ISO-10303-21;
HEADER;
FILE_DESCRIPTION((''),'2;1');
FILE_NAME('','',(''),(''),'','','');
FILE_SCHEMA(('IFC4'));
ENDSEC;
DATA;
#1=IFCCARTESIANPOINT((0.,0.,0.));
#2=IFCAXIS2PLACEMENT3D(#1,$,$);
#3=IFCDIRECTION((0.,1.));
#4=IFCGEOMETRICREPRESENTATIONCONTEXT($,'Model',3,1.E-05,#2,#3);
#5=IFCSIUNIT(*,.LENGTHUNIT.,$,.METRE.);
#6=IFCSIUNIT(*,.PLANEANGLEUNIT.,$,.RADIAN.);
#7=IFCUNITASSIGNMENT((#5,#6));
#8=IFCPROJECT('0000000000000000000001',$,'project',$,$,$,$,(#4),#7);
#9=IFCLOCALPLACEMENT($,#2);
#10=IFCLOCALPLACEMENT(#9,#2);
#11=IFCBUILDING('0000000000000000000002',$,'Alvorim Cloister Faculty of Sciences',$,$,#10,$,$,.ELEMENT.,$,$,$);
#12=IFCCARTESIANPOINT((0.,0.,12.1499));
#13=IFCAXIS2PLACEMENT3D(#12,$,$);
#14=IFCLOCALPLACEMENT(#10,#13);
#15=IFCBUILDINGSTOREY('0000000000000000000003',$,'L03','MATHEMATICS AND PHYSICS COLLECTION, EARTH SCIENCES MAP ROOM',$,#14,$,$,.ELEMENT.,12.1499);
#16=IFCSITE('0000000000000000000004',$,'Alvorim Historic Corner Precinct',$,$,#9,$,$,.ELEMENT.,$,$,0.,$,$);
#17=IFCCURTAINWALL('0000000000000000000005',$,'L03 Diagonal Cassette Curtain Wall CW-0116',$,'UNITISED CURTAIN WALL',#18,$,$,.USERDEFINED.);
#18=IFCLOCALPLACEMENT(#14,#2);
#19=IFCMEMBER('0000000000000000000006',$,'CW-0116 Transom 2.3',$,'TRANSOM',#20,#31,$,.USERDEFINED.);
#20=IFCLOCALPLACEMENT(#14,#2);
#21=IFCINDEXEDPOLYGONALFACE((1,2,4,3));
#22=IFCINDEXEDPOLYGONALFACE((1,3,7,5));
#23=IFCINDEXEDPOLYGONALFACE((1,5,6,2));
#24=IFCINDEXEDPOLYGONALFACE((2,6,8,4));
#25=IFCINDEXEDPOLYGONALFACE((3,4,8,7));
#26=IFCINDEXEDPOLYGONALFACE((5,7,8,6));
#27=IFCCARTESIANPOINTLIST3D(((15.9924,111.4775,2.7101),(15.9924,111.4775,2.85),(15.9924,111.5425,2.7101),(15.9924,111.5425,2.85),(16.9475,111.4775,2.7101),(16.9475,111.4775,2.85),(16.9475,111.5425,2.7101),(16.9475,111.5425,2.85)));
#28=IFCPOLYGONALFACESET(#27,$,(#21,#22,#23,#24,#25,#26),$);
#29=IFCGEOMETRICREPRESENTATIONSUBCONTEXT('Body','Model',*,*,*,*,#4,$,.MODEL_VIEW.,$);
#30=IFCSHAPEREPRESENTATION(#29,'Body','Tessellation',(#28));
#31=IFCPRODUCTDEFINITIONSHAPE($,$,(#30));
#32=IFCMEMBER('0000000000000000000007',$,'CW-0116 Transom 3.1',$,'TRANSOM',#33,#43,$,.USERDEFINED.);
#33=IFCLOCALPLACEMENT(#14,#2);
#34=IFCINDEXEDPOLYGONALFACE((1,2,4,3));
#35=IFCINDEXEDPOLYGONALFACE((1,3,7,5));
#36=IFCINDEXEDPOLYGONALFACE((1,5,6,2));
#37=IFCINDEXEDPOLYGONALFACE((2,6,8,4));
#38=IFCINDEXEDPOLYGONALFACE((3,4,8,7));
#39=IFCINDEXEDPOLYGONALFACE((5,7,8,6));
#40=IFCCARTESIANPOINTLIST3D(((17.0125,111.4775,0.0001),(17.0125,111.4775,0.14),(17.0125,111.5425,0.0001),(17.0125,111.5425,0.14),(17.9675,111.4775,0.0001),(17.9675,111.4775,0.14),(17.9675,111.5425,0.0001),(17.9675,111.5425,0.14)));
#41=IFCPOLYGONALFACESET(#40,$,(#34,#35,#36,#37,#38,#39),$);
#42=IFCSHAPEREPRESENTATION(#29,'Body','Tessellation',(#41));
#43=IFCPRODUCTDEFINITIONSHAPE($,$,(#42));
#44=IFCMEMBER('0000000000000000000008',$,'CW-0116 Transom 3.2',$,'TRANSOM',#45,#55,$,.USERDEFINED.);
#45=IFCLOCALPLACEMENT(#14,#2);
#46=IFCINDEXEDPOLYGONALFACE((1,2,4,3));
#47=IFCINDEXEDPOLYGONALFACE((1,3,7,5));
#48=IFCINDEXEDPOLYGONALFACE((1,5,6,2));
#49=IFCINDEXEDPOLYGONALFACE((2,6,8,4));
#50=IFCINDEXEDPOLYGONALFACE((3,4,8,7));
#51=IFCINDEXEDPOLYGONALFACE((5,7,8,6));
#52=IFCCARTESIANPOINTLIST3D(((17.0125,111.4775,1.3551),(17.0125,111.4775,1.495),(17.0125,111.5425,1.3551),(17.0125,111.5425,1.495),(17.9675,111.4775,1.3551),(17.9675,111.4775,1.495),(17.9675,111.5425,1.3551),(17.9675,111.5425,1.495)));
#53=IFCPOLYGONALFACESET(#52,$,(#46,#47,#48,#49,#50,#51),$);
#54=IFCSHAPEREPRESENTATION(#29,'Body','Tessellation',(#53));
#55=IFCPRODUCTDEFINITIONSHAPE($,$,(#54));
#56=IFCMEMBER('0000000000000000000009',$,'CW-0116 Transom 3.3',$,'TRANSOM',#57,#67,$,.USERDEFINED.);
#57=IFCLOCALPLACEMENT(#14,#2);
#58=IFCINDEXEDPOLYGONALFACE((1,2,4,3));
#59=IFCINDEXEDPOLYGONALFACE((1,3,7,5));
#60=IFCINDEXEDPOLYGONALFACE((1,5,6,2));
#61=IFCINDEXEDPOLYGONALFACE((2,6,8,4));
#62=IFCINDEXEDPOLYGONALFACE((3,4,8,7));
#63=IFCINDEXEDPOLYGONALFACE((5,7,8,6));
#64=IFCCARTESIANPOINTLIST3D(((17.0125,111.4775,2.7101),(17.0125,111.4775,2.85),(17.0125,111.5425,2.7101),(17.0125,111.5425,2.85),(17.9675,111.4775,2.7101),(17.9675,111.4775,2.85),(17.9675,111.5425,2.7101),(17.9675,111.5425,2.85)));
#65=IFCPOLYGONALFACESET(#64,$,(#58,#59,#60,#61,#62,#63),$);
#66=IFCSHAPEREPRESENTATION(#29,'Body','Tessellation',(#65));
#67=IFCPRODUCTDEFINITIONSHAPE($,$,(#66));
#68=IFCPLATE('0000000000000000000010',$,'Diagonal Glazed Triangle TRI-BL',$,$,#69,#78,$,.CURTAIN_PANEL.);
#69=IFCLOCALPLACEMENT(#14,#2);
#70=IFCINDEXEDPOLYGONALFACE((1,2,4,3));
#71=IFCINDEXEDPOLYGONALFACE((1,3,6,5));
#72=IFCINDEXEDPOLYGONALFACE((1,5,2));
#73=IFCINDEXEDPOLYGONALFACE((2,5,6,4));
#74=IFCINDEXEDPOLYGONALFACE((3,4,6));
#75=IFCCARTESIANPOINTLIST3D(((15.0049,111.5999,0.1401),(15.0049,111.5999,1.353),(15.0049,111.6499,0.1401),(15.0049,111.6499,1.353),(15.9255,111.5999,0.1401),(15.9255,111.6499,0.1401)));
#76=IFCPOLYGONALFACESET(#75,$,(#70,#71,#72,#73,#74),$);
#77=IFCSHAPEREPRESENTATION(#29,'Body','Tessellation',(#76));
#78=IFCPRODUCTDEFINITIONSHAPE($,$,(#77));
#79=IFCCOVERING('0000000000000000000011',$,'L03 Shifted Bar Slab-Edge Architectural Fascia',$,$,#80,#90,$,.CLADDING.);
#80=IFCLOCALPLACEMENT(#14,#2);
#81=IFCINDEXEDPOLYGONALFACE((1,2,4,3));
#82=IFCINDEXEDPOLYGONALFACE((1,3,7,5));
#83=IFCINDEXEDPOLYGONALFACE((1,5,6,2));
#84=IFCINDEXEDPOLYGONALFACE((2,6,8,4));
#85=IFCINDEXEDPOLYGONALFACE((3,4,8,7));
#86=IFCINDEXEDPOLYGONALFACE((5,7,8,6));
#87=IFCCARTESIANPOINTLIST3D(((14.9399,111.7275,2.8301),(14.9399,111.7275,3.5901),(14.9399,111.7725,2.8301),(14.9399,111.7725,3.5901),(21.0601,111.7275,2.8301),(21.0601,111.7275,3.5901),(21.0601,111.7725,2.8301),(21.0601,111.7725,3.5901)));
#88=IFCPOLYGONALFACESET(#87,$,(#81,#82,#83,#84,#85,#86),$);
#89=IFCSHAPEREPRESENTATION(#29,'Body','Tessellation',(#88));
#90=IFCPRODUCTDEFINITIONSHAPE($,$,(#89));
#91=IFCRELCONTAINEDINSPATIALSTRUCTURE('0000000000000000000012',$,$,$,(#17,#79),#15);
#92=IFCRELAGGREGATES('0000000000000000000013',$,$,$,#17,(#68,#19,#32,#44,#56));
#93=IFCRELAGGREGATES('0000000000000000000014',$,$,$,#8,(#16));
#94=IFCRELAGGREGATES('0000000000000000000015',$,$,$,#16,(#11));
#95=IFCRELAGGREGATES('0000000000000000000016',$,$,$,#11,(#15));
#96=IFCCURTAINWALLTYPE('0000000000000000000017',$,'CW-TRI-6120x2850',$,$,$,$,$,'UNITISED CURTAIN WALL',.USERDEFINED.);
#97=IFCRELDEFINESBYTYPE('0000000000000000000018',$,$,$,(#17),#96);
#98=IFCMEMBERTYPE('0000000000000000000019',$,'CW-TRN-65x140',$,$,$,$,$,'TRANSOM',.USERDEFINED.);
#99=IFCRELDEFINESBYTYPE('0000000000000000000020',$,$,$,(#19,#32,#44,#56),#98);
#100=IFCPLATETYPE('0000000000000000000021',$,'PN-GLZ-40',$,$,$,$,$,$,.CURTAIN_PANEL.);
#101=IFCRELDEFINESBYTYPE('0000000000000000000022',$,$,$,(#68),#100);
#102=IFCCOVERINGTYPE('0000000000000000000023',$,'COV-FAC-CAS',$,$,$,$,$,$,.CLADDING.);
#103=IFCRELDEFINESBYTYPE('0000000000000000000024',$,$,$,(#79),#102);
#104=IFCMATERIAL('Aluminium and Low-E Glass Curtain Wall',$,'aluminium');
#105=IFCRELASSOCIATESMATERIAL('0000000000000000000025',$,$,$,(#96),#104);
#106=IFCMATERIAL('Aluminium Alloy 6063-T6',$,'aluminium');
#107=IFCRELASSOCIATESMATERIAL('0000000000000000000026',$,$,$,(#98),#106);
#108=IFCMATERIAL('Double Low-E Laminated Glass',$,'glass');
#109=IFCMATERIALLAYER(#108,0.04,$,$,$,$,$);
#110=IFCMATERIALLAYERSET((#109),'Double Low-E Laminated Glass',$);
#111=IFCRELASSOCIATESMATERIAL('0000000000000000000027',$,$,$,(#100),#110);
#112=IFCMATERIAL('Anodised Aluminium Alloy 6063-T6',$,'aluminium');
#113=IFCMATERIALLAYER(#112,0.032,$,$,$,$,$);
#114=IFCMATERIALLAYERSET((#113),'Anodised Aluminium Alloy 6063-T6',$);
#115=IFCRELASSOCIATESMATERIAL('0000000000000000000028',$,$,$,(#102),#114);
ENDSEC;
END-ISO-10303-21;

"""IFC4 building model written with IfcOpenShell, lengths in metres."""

from ifc_helpers import new_model, si_unit, direction, frame, origin, origin_2d, place, context, subcontext, project, spatial, polyline, rectangle, outline, extrude, material, layer, layer_set, material_profile, profile_set, type_object, element, aggregate, save


model = new_model("IFC4")

# Units and contexts
model_context = context("Model", 3, precision=1e-05, world=origin(), true_north=direction((0.0, 1.0)))
body_context = subcontext(model_context, "Body", "Model", "MODEL_VIEW")
ifc_project = project(units=[si_unit("LENGTHUNIT", "METRE"), si_unit("PLANEANGLEUNIT", "RADIAN")], contexts=[model_context])

# Site, building, storey
site_placement = place(None, origin())
site = spatial("IfcSite", under=ifc_project, at=site_placement, Name="Alvorim Historic Corner Precinct", CompositionType="ELEMENT", RefElevation=0.0)
building_placement = place(site_placement, origin())
building = spatial("IfcBuilding", under=site, at=building_placement, Name="Alvorim Cloister Faculty of Sciences", CompositionType="ELEMENT")
storey_placement = place(building_placement, frame((0.0, 0.0, 12.1499)))
storey = spatial("IfcBuildingStorey", under=building, at=storey_placement, Name="L03", Description="MATHEMATICS AND PHYSICS COLLECTION, EARTH SCIENCES MAP ROOM", CompositionType="ELEMENT", Elevation=12.1499)

# Curtain wall, members, plate
ifc_material_1 = material(Name="Aluminium and Low-E Glass Curtain Wall", Category="aluminium")
curtain_wall_type = type_object("IfcCurtainWallType", Name="CW-TRI-6120x2850", ElementType="UNITISED CURTAIN WALL", PredefinedType="USERDEFINED", material=ifc_material_1)
curtain_wall_placement = place(storey_placement, origin())
curtain_wall = element("IfcCurtainWall", 1, at=curtain_wall_placement, inside=storey, type_object=curtain_wall_type, Name="L03 Diagonal Cassette Curtain Wall CW-0116", ObjectType="UNITISED CURTAIN WALL", PredefinedType="USERDEFINED")
ifc_material_2 = material(Name="Aluminium Alloy 6063-T6", Category="aluminium")
ifc_material_profile_1 = material_profile(ifc_material_2, rectangle(XDim=0.0649, YDim=0.1399, at=origin_2d()), Name="ALU-TRN-65x140")
ifc_profile_set_1 = profile_set([ifc_material_profile_1], Name="Aluminium Alloy 6063-T6")
member_type_1 = type_object("IfcMemberType", Name="CW-TRN-65x140", ElementType="TRANSOM", PredefinedType="USERDEFINED", material=ifc_profile_set_1)
member_1_placement = place(storey_placement, frame((15.9924, 111.51, 2.78), z_axis=(1.0, 0.0, 0.0), x_axis=(0.0, 1.0, 0.0)))
member_1 = element("IfcMember", 2, at=member_1_placement, type_object=member_type_1, Name="CW-0116 Transom 2.3", ObjectType="TRANSOM", PredefinedType="USERDEFINED", context=body_context, shape_type="SweptSolid", body=[
    extrude(rectangle(XDim=0.0649, YDim=0.1399, at=origin_2d()), origin(), (0.0, 0.0, 1.0), 0.9551),
])
member_2_placement = place(storey_placement, frame((17.0125, 111.51, 0.0701), z_axis=(1.0, 0.0, 0.0), x_axis=(0.0, 1.0, 0.0)))
member_2 = element("IfcMember", 3, at=member_2_placement, type_object=member_type_1, Name="CW-0116 Transom 3.1", ObjectType="TRANSOM", PredefinedType="USERDEFINED", context=body_context, shape_type="SweptSolid", body=[
    extrude(rectangle(XDim=0.0649, YDim=0.1399, at=origin_2d()), origin(), (0.0, 0.0, 1.0), 0.9551),
])
member_3_placement = place(storey_placement, frame((17.0125, 111.51, 1.425), z_axis=(1.0, 0.0, 0.0), x_axis=(0.0, 1.0, 0.0)))
member_3 = element("IfcMember", 4, at=member_3_placement, type_object=member_type_1, Name="CW-0116 Transom 3.2", ObjectType="TRANSOM", PredefinedType="USERDEFINED", context=body_context, shape_type="SweptSolid", body=[
    extrude(rectangle(XDim=0.0649, YDim=0.1399, at=origin_2d()), origin(), (0.0, 0.0, 1.0), 0.9551),
])
member_4_placement = place(storey_placement, frame((17.0125, 111.51, 2.78), z_axis=(1.0, 0.0, 0.0), x_axis=(0.0, 1.0, 0.0)))
member_4 = element("IfcMember", 5, at=member_4_placement, type_object=member_type_1, Name="CW-0116 Transom 3.3", ObjectType="TRANSOM", PredefinedType="USERDEFINED", context=body_context, shape_type="SweptSolid", body=[
    extrude(rectangle(XDim=0.0649, YDim=0.1399, at=origin_2d()), origin(), (0.0, 0.0, 1.0), 0.9551),
])
ifc_material_3 = material(Name="Double Low-E Laminated Glass", Category="glass")
ifc_layer_1 = layer(ifc_material_3, 0.04)
ifc_layer_set_1 = layer_set([ifc_layer_1], Name="Double Low-E Laminated Glass")
plate_type = type_object("IfcPlateType", Name="PN-GLZ-40", PredefinedType="CURTAIN_PANEL", material=ifc_layer_set_1)
plate_1_placement = place(storey_placement, frame((15.0049, 111.625, 0.1401), z_axis=(0.0, 0.0, 1.0), x_axis=(1.0, 0.0, 0.0)))
plate_1 = element("IfcPlate", 6, at=plate_1_placement, type_object=plate_type, Name="Diagonal Glazed Triangle TRI-BL", PredefinedType="CURTAIN_PANEL", context=body_context, shape_type="SweptSolid", body=[
    extrude(outline(polyline([(0.0, 0.0), (0.9207, 0.0), (0.0, 1.2129), (0.0, 0.0)])), frame((0.0, 0.0249, 0.0), z_axis=(0.0, -1.0, 0.0), x_axis=(1.0, 0.0, 0.0)), (0.0, 0.0, 1.0), 0.05),
])
aggregate(curtain_wall, [plate_1, member_1, member_2, member_3, member_4])

# Covering
ifc_material_4 = material(Name="Anodised Aluminium Alloy 6063-T6", Category="aluminium")
ifc_layer_2 = layer(ifc_material_4, 0.032)
ifc_layer_set_2 = layer_set([ifc_layer_2], Name="Anodised Aluminium Alloy 6063-T6")
covering_type = type_object("IfcCoveringType", Name="COV-FAC-CAS", PredefinedType="CLADDING", material=ifc_layer_set_2)
covering_placement = place(storey_placement, frame((14.9399, 111.75, 2.8301), z_axis=(0.0, 0.0, 1.0), x_axis=(1.0, 0.0, 0.0)))
element("IfcCovering", 7, at=covering_placement, inside=storey, type_object=covering_type, Name="L03 Shifted Bar Slab-Edge Architectural Fascia", PredefinedType="CLADDING", context=body_context, shape_type="SweptSolid", body=[
    extrude(outline(polyline([(0.0, 0.0), (6.1201, 0.0), (6.1201, 0.76), (0.0, 0.76), (0.0, 0.0)])), frame((0.0, 0.0225, 0.0), z_axis=(0.0, -1.0, 0.0), x_axis=(1.0, 0.0, 0.0)), (0.0, 0.0, 1.0), 0.0449),
])

save(model, "model.ifc")
